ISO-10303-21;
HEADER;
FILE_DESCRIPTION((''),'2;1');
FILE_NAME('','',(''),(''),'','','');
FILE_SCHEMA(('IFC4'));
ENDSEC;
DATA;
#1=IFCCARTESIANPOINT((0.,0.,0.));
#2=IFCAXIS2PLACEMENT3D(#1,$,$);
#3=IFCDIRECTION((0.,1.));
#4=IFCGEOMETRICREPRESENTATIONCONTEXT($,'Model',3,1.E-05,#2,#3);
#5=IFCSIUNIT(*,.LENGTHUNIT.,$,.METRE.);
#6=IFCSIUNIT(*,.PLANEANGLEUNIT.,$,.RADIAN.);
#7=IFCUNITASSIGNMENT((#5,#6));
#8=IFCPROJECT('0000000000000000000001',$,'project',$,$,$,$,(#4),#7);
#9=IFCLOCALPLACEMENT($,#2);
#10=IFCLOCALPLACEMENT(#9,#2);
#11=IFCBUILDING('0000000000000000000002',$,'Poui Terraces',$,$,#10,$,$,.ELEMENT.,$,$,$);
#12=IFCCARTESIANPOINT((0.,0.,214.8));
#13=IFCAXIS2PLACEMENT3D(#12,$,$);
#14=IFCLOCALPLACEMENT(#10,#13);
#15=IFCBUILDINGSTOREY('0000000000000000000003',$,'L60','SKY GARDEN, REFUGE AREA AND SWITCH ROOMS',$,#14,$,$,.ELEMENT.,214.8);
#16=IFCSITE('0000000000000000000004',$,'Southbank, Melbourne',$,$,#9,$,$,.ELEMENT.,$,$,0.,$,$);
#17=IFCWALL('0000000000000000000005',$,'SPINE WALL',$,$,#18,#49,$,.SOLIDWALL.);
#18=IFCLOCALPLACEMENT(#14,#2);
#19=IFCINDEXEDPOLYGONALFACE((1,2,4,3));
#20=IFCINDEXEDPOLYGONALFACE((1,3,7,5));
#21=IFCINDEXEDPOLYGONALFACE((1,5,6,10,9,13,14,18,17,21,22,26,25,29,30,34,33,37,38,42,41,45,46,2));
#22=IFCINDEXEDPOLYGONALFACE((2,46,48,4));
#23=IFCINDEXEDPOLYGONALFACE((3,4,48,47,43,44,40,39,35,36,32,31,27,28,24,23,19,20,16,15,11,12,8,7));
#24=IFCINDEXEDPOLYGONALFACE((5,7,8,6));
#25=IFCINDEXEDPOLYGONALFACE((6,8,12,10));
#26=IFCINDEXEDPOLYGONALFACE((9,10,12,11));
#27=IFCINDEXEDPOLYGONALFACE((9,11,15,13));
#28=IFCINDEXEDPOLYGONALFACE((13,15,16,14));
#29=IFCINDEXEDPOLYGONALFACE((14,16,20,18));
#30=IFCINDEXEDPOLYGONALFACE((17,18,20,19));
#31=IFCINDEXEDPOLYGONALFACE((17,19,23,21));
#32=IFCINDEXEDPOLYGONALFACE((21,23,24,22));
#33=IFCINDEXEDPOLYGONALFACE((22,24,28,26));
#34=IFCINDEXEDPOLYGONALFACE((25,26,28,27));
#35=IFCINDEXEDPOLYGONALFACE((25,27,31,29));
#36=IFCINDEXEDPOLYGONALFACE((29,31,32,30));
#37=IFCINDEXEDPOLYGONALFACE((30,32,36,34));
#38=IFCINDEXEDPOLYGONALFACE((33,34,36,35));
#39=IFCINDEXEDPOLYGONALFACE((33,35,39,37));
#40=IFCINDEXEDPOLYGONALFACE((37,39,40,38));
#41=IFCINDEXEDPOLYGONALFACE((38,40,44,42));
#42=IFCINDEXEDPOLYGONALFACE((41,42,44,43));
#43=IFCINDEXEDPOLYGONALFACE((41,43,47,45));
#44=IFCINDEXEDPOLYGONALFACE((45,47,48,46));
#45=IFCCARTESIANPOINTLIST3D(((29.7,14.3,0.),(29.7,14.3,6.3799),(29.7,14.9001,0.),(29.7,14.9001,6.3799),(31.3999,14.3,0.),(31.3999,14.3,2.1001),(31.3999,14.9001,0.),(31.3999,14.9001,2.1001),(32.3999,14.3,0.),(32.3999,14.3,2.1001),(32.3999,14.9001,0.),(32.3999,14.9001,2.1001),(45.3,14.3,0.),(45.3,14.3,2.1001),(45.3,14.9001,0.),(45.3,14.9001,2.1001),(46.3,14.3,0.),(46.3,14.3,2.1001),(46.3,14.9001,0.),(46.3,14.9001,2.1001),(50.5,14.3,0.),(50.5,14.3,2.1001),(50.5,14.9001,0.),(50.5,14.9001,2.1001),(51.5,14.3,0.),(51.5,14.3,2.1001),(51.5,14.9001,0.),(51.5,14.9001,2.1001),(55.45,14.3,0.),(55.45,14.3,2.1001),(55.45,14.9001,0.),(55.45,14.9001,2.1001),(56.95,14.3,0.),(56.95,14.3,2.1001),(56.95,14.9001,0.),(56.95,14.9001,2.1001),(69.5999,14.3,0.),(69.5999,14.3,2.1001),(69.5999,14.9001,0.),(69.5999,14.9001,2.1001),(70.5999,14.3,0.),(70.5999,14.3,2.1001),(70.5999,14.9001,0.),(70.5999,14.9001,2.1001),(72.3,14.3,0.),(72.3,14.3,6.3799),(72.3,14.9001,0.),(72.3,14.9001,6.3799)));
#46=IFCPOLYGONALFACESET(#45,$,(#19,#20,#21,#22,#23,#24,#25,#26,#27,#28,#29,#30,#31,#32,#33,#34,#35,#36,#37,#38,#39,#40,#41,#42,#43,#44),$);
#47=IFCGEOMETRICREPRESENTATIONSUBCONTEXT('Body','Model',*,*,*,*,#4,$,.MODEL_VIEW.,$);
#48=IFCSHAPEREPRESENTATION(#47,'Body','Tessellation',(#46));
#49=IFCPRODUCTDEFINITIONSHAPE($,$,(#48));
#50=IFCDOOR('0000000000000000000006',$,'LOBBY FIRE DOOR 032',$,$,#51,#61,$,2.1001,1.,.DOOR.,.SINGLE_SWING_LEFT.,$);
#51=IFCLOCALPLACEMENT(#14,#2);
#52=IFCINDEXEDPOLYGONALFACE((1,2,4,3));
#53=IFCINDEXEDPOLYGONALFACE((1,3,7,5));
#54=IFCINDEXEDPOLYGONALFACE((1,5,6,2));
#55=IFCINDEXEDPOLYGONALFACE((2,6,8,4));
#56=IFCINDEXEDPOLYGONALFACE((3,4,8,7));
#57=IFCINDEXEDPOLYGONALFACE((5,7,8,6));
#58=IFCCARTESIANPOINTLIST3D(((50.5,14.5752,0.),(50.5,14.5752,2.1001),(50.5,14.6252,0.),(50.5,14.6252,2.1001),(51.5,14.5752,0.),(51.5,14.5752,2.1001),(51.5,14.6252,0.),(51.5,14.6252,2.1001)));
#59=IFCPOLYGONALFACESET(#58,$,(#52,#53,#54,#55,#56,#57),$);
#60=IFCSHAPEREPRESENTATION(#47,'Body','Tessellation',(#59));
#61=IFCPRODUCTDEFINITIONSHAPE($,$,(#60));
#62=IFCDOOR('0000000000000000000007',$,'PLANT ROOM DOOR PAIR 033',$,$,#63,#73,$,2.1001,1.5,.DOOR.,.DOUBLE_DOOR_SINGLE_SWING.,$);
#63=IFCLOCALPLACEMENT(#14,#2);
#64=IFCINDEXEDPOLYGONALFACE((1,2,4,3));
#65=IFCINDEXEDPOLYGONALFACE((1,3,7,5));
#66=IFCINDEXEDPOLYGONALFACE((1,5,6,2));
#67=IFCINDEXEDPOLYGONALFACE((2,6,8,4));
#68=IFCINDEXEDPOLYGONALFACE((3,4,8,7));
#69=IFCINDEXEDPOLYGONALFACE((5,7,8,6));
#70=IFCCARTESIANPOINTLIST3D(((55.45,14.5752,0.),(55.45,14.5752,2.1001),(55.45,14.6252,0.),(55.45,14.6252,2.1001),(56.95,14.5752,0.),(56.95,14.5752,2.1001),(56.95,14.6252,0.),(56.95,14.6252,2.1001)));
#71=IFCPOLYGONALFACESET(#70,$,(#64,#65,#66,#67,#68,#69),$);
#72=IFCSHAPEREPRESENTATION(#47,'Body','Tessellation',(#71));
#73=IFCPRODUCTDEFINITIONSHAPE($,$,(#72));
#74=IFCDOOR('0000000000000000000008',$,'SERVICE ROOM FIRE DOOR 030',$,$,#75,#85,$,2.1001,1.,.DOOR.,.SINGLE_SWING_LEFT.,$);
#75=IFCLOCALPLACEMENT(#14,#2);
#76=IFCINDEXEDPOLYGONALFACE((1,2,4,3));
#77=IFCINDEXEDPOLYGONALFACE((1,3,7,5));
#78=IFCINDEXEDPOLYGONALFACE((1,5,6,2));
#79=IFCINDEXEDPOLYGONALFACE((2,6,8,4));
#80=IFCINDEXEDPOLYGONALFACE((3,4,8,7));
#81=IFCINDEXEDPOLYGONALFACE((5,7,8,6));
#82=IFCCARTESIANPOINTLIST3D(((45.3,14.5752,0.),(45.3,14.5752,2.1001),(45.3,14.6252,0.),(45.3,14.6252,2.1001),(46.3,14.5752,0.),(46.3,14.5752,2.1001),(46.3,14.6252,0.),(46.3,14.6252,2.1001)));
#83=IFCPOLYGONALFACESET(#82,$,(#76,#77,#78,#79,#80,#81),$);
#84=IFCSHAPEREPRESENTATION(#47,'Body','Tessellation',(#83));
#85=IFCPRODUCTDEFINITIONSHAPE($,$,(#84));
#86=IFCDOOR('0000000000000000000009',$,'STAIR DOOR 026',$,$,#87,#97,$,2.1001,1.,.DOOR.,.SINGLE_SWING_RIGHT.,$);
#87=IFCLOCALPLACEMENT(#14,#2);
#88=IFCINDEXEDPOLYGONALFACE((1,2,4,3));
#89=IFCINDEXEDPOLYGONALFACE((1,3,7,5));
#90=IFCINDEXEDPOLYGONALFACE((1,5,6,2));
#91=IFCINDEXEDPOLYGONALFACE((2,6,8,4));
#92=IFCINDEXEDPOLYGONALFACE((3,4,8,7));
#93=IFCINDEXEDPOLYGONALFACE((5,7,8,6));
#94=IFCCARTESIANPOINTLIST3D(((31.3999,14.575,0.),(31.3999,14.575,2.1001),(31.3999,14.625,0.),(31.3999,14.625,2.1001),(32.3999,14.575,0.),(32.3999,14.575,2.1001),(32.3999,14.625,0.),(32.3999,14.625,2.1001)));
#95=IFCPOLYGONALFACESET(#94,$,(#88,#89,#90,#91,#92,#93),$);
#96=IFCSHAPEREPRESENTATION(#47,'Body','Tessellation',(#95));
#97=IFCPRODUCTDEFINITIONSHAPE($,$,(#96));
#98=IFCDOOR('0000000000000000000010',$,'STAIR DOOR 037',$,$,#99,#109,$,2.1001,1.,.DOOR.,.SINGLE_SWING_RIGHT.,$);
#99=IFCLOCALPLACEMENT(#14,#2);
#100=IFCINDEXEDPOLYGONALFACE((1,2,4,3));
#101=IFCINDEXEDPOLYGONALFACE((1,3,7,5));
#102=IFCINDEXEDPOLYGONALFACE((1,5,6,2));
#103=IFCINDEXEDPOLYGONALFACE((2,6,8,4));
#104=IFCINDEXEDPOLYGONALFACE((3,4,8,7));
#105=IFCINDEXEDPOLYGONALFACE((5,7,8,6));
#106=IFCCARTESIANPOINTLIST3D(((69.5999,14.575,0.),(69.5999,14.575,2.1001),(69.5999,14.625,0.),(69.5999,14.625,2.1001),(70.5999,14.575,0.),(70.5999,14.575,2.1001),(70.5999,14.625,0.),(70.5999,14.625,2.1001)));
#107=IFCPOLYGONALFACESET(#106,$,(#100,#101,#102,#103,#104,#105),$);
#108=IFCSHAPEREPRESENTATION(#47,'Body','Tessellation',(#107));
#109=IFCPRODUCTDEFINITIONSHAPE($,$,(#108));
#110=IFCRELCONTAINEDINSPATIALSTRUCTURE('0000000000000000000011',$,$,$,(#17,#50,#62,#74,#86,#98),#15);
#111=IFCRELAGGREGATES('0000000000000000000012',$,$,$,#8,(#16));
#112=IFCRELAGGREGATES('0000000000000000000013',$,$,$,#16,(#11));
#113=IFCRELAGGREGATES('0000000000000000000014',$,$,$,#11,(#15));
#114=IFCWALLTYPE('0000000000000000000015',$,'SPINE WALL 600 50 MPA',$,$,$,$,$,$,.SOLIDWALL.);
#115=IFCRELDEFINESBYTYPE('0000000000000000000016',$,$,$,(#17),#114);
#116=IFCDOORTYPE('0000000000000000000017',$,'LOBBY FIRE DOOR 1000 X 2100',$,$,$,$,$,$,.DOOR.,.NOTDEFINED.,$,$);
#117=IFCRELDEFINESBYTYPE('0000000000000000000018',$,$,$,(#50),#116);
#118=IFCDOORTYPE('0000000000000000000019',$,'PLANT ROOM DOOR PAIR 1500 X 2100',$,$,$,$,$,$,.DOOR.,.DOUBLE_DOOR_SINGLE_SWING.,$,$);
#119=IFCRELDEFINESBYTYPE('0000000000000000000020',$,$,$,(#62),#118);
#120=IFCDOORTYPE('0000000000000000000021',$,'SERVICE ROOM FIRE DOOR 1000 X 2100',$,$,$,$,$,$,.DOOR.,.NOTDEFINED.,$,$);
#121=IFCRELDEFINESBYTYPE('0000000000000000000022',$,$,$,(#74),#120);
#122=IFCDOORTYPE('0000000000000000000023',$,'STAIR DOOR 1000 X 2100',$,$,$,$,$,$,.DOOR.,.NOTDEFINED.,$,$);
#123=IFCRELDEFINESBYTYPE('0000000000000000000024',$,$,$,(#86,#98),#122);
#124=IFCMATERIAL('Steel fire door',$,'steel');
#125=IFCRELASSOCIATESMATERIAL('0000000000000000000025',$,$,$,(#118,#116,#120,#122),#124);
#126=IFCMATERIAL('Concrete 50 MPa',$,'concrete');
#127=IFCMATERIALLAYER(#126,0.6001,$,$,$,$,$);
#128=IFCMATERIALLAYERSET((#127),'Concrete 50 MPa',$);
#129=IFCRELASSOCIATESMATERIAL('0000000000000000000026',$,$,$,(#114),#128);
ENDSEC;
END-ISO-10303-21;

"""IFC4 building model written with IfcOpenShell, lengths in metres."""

from ifc_helpers import new_model, si_unit, direction, frame, frame_2d, origin, place, context, subcontext, project, spatial, rectangle, extrude, material, layer, layer_set, type_object, element, fill, save


model = new_model("IFC4")

# Units and contexts
model_context = context("Model", 3, precision=1e-05, world=origin(), true_north=direction((0.0, 1.0)))
body_context = subcontext(model_context, "Body", "Model", "MODEL_VIEW")
ifc_project = project(units=[si_unit("LENGTHUNIT", "METRE"), si_unit("PLANEANGLEUNIT", "RADIAN")], contexts=[model_context])

# Site, building, storey
site_placement = place(None, origin())
site = spatial("IfcSite", under=ifc_project, at=site_placement, Name="Southbank, Melbourne", CompositionType="ELEMENT", RefElevation=0.0)
building_placement = place(site_placement, origin())
building = spatial("IfcBuilding", under=site, at=building_placement, Name="Poui Terraces", CompositionType="ELEMENT")
storey_placement = place(building_placement, frame((0.0, 0.0, 214.8)))
storey = spatial("IfcBuildingStorey", under=building, at=storey_placement, Name="L60", Description="SKY GARDEN, REFUGE AREA AND SWITCH ROOMS", CompositionType="ELEMENT", Elevation=214.8)

# Shared definitions
ifc_material_1 = material(Name="Concrete 50 MPa", Category="concrete")
ifc_material_2 = material(Name="Steel fire door", Category="steel")
door_type_1 = type_object("IfcDoorType", Name="PLANT ROOM DOOR PAIR 1500 X 2100", OperationType="DOUBLE_DOOR_SINGLE_SWING", PredefinedType="DOOR", material=ifc_material_2)

# Wall, openings, doors
ifc_layer_1 = layer(ifc_material_1, 0.6001)
ifc_layer_set_1 = layer_set([ifc_layer_1], Name="Concrete 50 MPa")
wall_type_1 = type_object("IfcWallType", Name="SPINE WALL 600 50 MPA", PredefinedType="SOLIDWALL", material=ifc_layer_set_1)
wall_1_placement = place(storey_placement, frame((29.7, 14.6001, 0.0), z_axis=(0.0, 0.0, 1.0), x_axis=(1.0, 0.0, 0.0)))
wall_1 = element("IfcWall", 1, at=wall_1_placement, inside=storey, type_object=wall_type_1, Name="SPINE WALL", PredefinedType="SOLIDWALL", context=body_context, shape_type="SweptSolid", body=[
    extrude(rectangle(XDim=42.6001, YDim=0.6001, at=frame_2d((21.3, 0.0))), origin(), (0.0, 0.0, 1.0), 6.3799),
])
opening_1_placement = place(wall_1_placement, frame((1.7, 0.0, 0.0)))
opening_1 = element("IfcOpeningElement", 2, at=opening_1_placement, cuts=wall_1, PredefinedType="OPENING", context=body_context, shape_type="SweptSolid", body=[
    extrude(rectangle(XDim=1.0, YDim=2.1001, at=frame_2d((0.5, 1.05))), frame((0.0, 0.3101, 0.0), z_axis=(0.0, -1.0, 0.0), x_axis=(1.0, 0.0, 0.0)), (0.0, 0.0, 1.0), 0.6201),
])
opening_2_placement = place(wall_1_placement, frame((15.6001, 0.0, 0.0)))
opening_2 = element("IfcOpeningElement", 3, at=opening_2_placement, cuts=wall_1, PredefinedType="OPENING", context=body_context, shape_type="SweptSolid", body=[
    extrude(rectangle(XDim=1.0, YDim=2.1001, at=frame_2d((0.5, 1.05))), frame((0.0, 0.3101, 0.0), z_axis=(0.0, -1.0, 0.0), x_axis=(1.0, 0.0, 0.0)), (0.0, 0.0, 1.0), 0.6201),
])
opening_3_placement = place(wall_1_placement, frame((20.8, 0.0, 0.0)))
opening_3 = element("IfcOpeningElement", 4, at=opening_3_placement, cuts=wall_1, PredefinedType="OPENING", context=body_context, shape_type="SweptSolid", body=[
    extrude(rectangle(XDim=1.0, YDim=2.1001, at=frame_2d((0.5, 1.05))), frame((0.0, 0.3101, 0.0), z_axis=(0.0, -1.0, 0.0), x_axis=(1.0, 0.0, 0.0)), (0.0, 0.0, 1.0), 0.6201),
])
opening_4_placement = place(wall_1_placement, frame((25.75, 0.0, 0.0)))
opening_4 = element("IfcOpeningElement", 5, at=opening_4_placement, cuts=wall_1, PredefinedType="OPENING", context=body_context, shape_type="SweptSolid", body=[
    extrude(rectangle(XDim=1.5, YDim=2.1001, at=frame_2d((0.75, 1.05))), frame((0.0, 0.3101, 0.0), z_axis=(0.0, -1.0, 0.0), x_axis=(1.0, 0.0, 0.0)), (0.0, 0.0, 1.0), 0.6201),
])
opening_5_placement = place(wall_1_placement, frame((39.8999, 0.0, 0.0)))
opening_5 = element("IfcOpeningElement", 6, at=opening_5_placement, cuts=wall_1, PredefinedType="OPENING", context=body_context, shape_type="SweptSolid", body=[
    extrude(rectangle(XDim=1.0, YDim=2.1001, at=frame_2d((0.5, 1.05))), frame((0.0, 0.3101, 0.0), z_axis=(0.0, -1.0, 0.0), x_axis=(1.0, 0.0, 0.0)), (0.0, 0.0, 1.0), 0.6201),
])
door_type_2 = type_object("IfcDoorType", Name="LOBBY FIRE DOOR 1000 X 2100", OperationType="NOTDEFINED", PredefinedType="DOOR", material=ifc_material_2)
door_1_placement = place(opening_3_placement, frame((1.0, 0.0, 0.0), z_axis=(0.0, 0.0, 1.0), x_axis=(-1.0, 0.0, 0.0)))
door_1 = element("IfcDoor", 7, at=door_1_placement, inside=storey, type_object=door_type_2, Name="LOBBY FIRE DOOR 032", OperationType="SINGLE_SWING_LEFT", OverallHeight=2.1001, OverallWidth=1.0, PredefinedType="DOOR", context=body_context, shape_type="SweptSolid", body=[
    extrude(rectangle(XDim=1.0, YDim=2.1001, at=frame_2d((0.5, 1.05))), frame((0.0, 0.0249, 0.0), z_axis=(0.0, -1.0, 0.0), x_axis=(1.0, 0.0, 0.0)), (0.0, 0.0, 1.0), 0.05),
])
fill(opening_3, door_1)
door_2_placement = place(opening_4_placement, frame((1.5, 0.0, 0.0), z_axis=(0.0, 0.0, 1.0), x_axis=(-1.0, 0.0, 0.0)))
door_2 = element("IfcDoor", 8, at=door_2_placement, inside=storey, type_object=door_type_1, Name="PLANT ROOM DOOR PAIR 033", OperationType="DOUBLE_DOOR_SINGLE_SWING", OverallHeight=2.1001, OverallWidth=1.5, PredefinedType="DOOR", context=body_context, shape_type="SweptSolid", body=[
    extrude(rectangle(XDim=1.5, YDim=2.1001, at=frame_2d((0.75, 1.05))), frame((0.0, 0.0249, 0.0), z_axis=(0.0, -1.0, 0.0), x_axis=(1.0, 0.0, 0.0)), (0.0, 0.0, 1.0), 0.05),
])
fill(opening_4, door_2)
door_type_3 = type_object("IfcDoorType", Name="SERVICE ROOM FIRE DOOR 1000 X 2100", OperationType="NOTDEFINED", PredefinedType="DOOR", material=ifc_material_2)
door_3_placement = place(opening_2_placement, frame((1.0, 0.0, 0.0), z_axis=(0.0, 0.0, 1.0), x_axis=(-1.0, 0.0, 0.0)))
door_3 = element("IfcDoor", 9, at=door_3_placement, inside=storey, type_object=door_type_3, Name="SERVICE ROOM FIRE DOOR 030", OperationType="SINGLE_SWING_LEFT", OverallHeight=2.1001, OverallWidth=1.0, PredefinedType="DOOR", context=body_context, shape_type="SweptSolid", body=[
    extrude(rectangle(XDim=1.0, YDim=2.1001, at=frame_2d((0.5, 1.05))), frame((0.0, 0.0249, 0.0), z_axis=(0.0, -1.0, 0.0), x_axis=(1.0, 0.0, 0.0)), (0.0, 0.0, 1.0), 0.05),
])
fill(opening_2, door_3)
door_type_4 = type_object("IfcDoorType", Name="STAIR DOOR 1000 X 2100", OperationType="NOTDEFINED", PredefinedType="DOOR", material=ifc_material_2)
door_4_placement = place(opening_1_placement, origin())
door_4 = element("IfcDoor", 10, at=door_4_placement, inside=storey, type_object=door_type_4, Name="STAIR DOOR 026", OperationType="SINGLE_SWING_RIGHT", OverallHeight=2.1001, OverallWidth=1.0, PredefinedType="DOOR", context=body_context, shape_type="SweptSolid", body=[
    extrude(rectangle(XDim=1.0, YDim=2.1001, at=frame_2d((0.5, 1.05))), frame((0.0, 0.0249, 0.0), z_axis=(0.0, -1.0, 0.0), x_axis=(1.0, 0.0, 0.0)), (0.0, 0.0, 1.0), 0.05),
])
fill(opening_1, door_4)
door_5_placement = place(opening_5_placement, origin())
door_5 = element("IfcDoor", 11, at=door_5_placement, inside=storey, type_object=door_type_4, Name="STAIR DOOR 037", OperationType="SINGLE_SWING_RIGHT", OverallHeight=2.1001, OverallWidth=1.0, PredefinedType="DOOR", context=body_context, shape_type="SweptSolid", body=[
    extrude(rectangle(XDim=1.0, YDim=2.1001, at=frame_2d((0.5, 1.05))), frame((0.0, 0.0249, 0.0), z_axis=(0.0, -1.0, 0.0), x_axis=(1.0, 0.0, 0.0)), (0.0, 0.0, 1.0), 0.05),
])
fill(opening_5, door_5)

save(model, "model.ifc")
